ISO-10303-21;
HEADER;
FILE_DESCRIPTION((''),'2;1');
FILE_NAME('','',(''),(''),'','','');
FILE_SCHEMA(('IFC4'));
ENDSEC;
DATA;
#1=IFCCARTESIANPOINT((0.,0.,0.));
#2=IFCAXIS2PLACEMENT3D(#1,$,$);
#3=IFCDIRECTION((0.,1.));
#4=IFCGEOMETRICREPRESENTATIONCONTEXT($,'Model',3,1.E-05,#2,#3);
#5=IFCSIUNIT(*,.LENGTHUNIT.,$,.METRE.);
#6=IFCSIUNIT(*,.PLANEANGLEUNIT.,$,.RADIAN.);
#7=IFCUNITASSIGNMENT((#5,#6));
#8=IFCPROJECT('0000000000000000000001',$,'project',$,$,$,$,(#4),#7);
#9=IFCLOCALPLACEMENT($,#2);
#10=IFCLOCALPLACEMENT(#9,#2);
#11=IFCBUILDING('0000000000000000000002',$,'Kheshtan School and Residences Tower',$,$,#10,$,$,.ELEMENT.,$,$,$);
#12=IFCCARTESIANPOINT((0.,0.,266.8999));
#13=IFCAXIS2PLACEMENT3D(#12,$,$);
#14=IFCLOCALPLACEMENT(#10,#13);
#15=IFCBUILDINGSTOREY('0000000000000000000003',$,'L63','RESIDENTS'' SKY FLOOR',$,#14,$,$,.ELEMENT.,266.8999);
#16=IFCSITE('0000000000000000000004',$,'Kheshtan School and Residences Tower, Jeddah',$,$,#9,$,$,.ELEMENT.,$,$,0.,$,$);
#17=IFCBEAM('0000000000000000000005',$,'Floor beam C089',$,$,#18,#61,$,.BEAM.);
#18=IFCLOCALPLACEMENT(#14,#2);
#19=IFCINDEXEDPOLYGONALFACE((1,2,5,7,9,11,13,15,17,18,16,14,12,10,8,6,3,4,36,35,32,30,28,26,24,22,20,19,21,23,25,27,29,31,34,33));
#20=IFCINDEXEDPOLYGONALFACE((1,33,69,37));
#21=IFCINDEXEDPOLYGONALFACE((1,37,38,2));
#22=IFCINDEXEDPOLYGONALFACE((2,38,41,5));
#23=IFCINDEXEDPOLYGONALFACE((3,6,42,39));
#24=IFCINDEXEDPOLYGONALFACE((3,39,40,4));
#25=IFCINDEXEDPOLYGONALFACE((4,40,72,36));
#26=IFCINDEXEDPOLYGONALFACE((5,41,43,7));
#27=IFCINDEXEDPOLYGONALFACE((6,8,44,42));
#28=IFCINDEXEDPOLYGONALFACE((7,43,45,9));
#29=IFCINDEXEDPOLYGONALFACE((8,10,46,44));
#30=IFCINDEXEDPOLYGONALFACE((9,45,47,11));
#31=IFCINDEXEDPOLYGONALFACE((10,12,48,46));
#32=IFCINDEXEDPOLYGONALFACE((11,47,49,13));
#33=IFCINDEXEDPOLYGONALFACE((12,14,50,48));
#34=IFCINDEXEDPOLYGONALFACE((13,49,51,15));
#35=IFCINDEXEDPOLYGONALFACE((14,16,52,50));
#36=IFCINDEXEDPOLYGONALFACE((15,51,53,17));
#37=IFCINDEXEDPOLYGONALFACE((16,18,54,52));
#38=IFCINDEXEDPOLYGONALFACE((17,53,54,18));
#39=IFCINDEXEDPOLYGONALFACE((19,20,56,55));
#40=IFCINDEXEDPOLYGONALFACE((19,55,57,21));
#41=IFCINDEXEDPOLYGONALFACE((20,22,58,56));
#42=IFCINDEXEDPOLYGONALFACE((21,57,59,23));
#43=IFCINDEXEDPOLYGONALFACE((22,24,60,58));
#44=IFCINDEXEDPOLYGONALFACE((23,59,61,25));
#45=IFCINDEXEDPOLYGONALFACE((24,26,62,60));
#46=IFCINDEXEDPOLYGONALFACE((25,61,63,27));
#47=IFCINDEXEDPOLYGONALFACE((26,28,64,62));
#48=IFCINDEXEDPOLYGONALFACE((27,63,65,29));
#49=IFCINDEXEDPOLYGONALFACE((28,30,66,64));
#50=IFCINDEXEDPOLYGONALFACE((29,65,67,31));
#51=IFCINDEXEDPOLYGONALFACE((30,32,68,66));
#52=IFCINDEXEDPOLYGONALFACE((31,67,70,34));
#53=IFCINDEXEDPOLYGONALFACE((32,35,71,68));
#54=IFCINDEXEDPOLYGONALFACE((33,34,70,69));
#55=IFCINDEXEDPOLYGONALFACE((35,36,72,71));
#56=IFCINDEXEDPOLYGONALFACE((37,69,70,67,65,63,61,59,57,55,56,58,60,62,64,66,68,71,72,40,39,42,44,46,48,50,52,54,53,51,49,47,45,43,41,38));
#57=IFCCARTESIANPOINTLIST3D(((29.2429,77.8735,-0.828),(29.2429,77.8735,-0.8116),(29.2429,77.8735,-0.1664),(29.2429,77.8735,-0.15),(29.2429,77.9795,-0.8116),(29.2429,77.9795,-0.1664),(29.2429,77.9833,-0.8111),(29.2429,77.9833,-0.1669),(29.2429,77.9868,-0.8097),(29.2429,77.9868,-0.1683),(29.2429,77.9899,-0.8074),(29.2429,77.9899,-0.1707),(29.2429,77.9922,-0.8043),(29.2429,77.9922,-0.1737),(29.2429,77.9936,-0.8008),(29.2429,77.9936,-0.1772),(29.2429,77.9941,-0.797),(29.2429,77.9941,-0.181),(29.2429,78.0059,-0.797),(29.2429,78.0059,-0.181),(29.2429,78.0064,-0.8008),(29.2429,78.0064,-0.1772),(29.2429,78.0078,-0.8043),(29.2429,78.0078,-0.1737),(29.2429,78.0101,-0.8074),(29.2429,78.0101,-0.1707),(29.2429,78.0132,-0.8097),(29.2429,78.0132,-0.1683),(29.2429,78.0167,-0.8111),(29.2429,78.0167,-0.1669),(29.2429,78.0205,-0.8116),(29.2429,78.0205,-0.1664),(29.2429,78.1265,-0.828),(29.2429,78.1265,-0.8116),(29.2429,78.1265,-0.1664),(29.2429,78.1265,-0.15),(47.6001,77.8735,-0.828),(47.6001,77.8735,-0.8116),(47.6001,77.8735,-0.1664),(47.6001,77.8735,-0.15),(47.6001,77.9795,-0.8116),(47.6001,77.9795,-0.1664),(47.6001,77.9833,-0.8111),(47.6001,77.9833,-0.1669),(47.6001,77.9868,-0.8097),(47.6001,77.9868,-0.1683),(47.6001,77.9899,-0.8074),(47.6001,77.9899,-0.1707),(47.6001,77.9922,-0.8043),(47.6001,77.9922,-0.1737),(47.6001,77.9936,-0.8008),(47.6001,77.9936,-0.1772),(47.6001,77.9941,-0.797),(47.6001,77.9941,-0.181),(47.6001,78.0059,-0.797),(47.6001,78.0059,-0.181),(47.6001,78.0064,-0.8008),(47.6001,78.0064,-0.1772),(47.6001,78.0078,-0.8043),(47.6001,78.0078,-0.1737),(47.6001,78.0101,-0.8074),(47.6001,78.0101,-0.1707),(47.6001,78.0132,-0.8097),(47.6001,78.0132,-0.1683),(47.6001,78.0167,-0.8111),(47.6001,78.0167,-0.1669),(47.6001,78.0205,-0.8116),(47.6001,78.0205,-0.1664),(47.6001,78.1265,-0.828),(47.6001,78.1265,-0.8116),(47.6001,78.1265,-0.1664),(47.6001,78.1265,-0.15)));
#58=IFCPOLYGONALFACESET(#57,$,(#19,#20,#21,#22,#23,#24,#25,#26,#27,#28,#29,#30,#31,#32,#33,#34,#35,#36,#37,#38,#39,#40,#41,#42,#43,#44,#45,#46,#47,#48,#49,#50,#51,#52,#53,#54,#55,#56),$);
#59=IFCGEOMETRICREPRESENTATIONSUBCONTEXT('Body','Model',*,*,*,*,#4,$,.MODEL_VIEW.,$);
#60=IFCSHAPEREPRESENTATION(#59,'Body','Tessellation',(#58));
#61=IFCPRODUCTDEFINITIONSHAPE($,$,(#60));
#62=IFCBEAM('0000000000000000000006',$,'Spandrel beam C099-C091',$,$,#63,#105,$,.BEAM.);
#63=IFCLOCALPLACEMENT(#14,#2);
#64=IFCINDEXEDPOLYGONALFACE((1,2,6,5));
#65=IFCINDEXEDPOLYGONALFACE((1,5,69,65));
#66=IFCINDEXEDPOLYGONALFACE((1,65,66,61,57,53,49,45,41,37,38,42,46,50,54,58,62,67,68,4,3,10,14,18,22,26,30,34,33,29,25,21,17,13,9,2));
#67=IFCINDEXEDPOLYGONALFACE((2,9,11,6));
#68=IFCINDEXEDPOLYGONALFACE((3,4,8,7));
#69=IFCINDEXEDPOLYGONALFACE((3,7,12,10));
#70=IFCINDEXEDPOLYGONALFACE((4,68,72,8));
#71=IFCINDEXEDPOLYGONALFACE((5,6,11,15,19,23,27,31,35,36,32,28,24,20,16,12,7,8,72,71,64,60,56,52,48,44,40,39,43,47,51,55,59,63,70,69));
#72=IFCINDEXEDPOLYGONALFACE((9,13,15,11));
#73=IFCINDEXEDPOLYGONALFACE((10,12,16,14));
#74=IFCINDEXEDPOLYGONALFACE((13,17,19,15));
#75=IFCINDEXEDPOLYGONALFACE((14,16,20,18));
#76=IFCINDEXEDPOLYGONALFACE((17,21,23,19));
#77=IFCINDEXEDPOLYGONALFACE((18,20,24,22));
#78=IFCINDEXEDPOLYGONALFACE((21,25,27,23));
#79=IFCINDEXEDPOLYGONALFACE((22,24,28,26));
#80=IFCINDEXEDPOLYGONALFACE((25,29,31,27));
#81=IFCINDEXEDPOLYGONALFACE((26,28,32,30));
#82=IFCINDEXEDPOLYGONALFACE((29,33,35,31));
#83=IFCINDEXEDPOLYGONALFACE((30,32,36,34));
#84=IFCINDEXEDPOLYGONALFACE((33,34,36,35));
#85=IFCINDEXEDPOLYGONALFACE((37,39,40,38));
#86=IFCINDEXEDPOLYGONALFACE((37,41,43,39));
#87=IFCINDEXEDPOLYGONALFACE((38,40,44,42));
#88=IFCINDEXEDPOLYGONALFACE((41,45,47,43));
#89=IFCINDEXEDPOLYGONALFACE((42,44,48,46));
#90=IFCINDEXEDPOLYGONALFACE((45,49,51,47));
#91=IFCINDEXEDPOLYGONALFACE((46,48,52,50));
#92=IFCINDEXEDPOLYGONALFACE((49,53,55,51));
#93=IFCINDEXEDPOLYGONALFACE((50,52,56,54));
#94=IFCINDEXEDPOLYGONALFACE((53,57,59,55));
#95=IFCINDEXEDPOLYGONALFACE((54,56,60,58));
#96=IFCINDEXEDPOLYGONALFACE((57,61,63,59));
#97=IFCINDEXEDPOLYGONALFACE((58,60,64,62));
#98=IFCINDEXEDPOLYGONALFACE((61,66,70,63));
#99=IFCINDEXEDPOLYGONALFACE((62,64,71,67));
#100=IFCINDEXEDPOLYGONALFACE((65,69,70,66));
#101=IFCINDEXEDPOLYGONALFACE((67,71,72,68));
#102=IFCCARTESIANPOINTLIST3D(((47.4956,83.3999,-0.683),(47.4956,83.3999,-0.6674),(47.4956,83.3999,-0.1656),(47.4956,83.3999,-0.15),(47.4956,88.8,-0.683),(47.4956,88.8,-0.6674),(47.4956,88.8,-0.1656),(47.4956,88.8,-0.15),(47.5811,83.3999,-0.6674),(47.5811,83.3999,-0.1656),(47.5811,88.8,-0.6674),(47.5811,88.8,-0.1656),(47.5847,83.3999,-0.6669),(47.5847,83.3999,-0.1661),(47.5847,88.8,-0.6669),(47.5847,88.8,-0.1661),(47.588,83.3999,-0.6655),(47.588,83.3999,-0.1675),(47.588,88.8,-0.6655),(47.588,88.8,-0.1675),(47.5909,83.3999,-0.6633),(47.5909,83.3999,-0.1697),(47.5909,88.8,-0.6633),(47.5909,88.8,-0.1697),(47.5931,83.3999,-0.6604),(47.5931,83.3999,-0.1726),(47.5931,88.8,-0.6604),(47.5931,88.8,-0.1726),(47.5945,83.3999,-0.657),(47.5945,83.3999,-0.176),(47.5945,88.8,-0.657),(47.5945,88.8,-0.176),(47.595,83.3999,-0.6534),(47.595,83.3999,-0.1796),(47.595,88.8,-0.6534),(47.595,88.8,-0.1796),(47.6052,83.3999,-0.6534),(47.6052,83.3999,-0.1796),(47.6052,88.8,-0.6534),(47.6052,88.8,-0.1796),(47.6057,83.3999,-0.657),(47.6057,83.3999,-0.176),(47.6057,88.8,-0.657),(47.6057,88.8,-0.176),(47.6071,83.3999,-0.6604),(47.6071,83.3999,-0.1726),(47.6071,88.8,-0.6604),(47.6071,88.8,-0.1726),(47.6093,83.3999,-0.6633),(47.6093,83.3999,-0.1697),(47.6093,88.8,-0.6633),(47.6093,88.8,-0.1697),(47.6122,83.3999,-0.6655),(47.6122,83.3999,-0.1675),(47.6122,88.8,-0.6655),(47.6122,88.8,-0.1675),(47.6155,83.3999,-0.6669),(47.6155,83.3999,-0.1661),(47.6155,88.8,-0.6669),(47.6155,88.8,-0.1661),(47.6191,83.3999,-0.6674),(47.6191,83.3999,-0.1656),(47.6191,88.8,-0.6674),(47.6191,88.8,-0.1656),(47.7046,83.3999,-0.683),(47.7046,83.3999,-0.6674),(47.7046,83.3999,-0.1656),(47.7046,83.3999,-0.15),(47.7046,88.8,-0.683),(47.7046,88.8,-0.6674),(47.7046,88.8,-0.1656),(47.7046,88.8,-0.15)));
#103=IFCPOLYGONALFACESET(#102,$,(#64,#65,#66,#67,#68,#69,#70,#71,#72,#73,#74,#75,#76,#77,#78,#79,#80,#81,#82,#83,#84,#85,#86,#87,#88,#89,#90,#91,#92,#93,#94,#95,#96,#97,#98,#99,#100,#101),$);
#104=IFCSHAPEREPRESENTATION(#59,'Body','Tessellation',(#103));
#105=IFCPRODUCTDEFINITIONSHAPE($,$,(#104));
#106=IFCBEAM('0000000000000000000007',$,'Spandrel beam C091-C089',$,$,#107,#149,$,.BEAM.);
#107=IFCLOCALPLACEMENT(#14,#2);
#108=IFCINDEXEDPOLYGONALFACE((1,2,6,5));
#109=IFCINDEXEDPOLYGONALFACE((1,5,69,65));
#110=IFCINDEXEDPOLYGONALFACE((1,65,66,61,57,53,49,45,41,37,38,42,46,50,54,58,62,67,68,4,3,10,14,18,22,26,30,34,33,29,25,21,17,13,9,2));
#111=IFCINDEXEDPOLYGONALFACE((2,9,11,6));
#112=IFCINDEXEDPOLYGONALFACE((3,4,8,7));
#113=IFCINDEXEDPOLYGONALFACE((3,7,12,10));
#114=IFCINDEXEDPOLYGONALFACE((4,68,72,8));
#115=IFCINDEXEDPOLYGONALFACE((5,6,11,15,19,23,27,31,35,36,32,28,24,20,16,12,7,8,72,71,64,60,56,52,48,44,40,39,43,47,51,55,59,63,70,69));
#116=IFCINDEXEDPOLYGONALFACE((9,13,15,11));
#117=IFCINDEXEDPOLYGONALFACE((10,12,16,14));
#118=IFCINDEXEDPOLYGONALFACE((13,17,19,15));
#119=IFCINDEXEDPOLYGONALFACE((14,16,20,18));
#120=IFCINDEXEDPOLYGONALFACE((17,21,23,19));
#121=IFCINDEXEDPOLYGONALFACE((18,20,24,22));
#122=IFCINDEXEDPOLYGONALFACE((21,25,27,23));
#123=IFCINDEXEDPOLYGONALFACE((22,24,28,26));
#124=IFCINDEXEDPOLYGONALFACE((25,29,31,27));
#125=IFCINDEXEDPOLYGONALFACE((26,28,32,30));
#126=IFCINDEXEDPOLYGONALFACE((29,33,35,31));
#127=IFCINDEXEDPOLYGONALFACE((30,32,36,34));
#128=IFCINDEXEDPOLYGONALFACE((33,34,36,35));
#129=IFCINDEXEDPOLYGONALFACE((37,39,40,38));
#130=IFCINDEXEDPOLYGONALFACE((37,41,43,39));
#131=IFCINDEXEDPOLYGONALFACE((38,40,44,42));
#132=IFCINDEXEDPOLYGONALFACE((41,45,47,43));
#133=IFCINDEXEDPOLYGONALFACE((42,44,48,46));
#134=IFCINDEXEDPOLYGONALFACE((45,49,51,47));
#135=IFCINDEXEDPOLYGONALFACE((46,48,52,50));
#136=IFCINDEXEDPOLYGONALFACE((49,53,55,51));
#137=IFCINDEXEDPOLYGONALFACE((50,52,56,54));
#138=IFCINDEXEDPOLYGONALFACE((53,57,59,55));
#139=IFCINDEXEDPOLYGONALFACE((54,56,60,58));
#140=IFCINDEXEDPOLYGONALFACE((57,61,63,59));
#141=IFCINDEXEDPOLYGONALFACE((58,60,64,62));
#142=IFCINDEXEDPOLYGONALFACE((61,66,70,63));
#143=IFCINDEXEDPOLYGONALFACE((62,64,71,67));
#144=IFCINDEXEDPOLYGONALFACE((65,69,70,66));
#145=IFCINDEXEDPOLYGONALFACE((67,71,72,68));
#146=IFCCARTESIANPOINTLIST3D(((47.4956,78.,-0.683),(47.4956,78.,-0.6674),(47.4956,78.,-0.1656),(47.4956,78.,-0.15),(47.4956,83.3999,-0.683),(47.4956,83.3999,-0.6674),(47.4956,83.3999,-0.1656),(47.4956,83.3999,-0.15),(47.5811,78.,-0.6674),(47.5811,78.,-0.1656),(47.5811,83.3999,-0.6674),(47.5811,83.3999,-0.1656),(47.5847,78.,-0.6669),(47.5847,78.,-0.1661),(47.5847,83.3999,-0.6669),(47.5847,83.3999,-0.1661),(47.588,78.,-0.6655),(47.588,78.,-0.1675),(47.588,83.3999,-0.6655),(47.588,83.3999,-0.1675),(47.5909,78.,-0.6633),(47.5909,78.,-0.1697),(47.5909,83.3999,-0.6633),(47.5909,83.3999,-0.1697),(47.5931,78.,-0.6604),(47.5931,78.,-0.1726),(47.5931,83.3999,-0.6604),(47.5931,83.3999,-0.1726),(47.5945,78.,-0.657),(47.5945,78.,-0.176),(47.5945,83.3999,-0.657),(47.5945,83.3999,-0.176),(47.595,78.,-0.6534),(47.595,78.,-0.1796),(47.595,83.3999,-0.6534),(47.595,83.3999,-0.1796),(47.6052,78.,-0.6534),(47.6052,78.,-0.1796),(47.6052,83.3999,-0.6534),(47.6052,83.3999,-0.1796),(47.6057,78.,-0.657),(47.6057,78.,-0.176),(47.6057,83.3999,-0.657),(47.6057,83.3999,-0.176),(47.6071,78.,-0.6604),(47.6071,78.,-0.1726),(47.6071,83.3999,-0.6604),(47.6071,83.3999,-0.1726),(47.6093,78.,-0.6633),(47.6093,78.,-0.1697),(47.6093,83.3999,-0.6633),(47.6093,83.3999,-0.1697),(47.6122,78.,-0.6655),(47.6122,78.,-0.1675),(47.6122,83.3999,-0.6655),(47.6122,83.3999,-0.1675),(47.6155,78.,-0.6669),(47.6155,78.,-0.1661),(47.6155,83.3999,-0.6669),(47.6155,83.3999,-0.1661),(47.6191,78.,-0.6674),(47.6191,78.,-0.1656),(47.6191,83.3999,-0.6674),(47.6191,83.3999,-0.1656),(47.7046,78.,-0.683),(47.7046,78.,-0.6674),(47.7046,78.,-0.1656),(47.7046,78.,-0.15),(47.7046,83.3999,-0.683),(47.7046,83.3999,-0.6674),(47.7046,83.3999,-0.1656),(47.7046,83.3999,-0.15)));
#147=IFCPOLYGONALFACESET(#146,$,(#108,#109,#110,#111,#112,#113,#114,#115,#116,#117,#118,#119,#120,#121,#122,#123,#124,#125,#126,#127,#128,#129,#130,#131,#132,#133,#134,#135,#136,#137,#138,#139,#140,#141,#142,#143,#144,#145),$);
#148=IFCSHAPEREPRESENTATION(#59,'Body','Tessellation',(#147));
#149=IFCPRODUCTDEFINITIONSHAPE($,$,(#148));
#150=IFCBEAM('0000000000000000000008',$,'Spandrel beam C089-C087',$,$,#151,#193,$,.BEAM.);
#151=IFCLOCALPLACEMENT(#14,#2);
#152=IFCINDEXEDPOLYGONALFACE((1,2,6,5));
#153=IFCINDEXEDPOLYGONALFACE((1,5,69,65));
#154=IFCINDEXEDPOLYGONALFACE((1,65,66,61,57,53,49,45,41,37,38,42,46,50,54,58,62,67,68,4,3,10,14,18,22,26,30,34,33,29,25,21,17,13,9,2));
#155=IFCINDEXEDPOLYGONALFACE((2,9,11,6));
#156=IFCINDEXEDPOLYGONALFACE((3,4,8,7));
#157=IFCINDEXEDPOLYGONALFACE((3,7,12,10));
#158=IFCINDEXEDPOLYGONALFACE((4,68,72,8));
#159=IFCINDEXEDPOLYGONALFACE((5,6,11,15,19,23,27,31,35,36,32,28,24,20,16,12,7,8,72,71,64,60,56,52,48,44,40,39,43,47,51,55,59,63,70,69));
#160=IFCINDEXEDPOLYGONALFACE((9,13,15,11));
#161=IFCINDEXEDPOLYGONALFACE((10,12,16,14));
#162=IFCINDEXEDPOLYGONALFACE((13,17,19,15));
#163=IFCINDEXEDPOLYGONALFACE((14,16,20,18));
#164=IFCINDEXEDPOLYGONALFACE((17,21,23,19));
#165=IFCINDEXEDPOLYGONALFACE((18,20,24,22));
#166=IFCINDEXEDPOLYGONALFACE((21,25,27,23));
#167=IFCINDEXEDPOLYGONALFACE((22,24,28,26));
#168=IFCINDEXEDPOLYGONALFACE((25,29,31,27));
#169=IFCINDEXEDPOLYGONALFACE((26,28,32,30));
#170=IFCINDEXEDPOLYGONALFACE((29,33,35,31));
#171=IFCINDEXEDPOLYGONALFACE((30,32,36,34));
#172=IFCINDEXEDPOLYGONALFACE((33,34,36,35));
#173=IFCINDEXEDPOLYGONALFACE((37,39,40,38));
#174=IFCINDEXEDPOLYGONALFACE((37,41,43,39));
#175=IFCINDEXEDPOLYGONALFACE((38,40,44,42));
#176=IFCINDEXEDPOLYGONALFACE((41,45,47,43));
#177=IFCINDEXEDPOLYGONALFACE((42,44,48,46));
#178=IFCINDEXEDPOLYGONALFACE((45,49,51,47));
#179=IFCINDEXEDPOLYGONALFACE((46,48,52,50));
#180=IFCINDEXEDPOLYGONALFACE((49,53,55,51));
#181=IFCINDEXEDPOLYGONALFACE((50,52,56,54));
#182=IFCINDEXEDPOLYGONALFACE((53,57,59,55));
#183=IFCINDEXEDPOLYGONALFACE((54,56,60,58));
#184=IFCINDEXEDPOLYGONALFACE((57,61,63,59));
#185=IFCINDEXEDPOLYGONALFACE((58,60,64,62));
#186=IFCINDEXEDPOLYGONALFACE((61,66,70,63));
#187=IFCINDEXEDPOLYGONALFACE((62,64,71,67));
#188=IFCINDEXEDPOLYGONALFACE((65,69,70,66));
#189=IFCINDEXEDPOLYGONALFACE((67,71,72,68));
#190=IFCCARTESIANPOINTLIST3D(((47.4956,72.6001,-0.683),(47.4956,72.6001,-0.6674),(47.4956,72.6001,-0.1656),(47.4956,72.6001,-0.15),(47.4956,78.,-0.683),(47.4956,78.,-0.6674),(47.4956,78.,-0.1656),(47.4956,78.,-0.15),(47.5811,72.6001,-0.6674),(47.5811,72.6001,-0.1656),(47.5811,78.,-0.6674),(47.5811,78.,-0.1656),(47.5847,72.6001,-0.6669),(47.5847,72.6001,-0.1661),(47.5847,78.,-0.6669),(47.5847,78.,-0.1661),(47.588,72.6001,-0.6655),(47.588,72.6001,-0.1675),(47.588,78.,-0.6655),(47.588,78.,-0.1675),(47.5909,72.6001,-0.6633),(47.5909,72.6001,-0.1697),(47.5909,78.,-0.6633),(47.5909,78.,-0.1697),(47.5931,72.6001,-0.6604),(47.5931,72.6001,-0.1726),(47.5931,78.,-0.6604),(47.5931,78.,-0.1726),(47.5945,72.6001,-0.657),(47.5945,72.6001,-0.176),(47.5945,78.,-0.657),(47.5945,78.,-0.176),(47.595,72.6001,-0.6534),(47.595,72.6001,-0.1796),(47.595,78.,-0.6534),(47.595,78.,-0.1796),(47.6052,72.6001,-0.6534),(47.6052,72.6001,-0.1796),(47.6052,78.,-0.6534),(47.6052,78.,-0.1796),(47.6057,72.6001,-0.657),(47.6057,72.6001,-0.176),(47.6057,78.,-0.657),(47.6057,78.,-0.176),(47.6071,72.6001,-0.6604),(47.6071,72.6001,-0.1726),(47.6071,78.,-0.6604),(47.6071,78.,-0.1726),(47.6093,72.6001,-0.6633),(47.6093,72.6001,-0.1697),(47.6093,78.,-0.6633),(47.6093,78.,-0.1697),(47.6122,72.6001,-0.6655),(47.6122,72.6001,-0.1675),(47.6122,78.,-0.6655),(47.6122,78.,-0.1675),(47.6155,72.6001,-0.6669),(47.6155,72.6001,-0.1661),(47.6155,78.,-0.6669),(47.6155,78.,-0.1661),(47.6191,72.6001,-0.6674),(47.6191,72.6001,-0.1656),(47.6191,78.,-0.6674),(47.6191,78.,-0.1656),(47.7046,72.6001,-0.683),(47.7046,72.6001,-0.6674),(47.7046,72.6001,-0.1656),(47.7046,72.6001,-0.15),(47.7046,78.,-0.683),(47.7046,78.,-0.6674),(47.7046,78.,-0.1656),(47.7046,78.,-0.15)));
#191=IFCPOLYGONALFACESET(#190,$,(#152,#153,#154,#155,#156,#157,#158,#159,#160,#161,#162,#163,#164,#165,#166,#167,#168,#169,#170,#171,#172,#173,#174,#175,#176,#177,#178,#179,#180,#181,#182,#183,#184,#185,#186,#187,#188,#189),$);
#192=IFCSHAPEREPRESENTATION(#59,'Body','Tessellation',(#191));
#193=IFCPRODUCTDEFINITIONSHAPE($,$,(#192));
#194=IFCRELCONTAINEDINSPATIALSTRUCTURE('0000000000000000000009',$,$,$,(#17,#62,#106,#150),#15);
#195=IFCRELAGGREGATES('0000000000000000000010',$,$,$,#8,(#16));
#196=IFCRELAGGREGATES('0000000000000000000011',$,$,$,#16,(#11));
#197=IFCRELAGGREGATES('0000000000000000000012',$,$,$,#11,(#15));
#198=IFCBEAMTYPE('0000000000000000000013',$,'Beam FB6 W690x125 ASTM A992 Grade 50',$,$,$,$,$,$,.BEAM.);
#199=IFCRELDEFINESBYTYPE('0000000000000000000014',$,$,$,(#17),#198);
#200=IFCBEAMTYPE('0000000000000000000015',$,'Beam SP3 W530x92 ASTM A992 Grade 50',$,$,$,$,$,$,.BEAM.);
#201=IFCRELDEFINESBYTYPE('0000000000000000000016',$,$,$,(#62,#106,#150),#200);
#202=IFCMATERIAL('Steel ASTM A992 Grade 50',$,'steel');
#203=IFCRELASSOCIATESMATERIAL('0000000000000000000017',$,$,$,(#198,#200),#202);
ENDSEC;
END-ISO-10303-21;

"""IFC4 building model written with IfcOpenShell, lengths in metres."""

from ifc_helpers import new_model, si_unit, direction, frame, origin, origin_2d, place, context, subcontext, project, spatial, i_section, extrude, material, material_profile, profile_set, type_object, element, save


model = new_model("IFC4")

# Units and contexts
model_context = context("Model", 3, precision=1e-05, world=origin(), true_north=direction((0.0, 1.0)))
body_context = subcontext(model_context, "Body", "Model", "MODEL_VIEW")
ifc_project = project(units=[si_unit("LENGTHUNIT", "METRE"), si_unit("PLANEANGLEUNIT", "RADIAN")], contexts=[model_context])

# Site, building, storey
site_placement = place(None, origin())
site = spatial("IfcSite", under=ifc_project, at=site_placement, Name="Kheshtan School and Residences Tower, Jeddah", CompositionType="ELEMENT", RefElevation=0.0)
building_placement = place(site_placement, origin())
building = spatial("IfcBuilding", under=site, at=building_placement, Name="Kheshtan School and Residences Tower", CompositionType="ELEMENT")
storey_placement = place(building_placement, frame((0.0, 0.0, 266.8999)))
storey = spatial("IfcBuildingStorey", under=building, at=storey_placement, Name="L63", Description="RESIDENTS' SKY FLOOR", CompositionType="ELEMENT", Elevation=266.8999)

# Shared definitions
ifc_material_1 = material(Name="Steel ASTM A992 Grade 50", Category="steel")

# Beams
ifc_material_profile_1 = material_profile(ifc_material_1, i_section(OverallWidth=0.2529, OverallDepth=0.678, WebThickness=0.0117, FlangeThickness=0.0164, FilletRadius=0.0146, at=origin_2d()), Name="W690x125")
ifc_profile_set_1 = profile_set([ifc_material_profile_1], Name="Steel ASTM A992 Grade 50")
beam_type_1 = type_object("IfcBeamType", Name="Beam FB6 W690x125 ASTM A992 Grade 50", PredefinedType="BEAM", material=ifc_profile_set_1)
beam_1_placement = place(storey_placement, frame((47.6001, 78.0, -0.489), z_axis=(-1.0, 0.0, 0.0), x_axis=(0.0, -1.0, 0.0)))
element("IfcBeam", 1, at=beam_1_placement, inside=storey, type_object=beam_type_1, Name="Floor beam C089", PredefinedType="BEAM", context=body_context, shape_type="SweptSolid", body=[
    extrude(i_section(OverallWidth=0.2529, OverallDepth=0.678, WebThickness=0.0117, FlangeThickness=0.0164, FilletRadius=0.0146, at=origin_2d()), origin(), (0.0, 0.0, 1.0), 18.3572),
])
ifc_material_profile_2 = material_profile(ifc_material_1, i_section(OverallWidth=0.209, OverallDepth=0.533, WebThickness=0.0103, FlangeThickness=0.0156, FilletRadius=0.0139, at=origin_2d()), Name="W530x92")
ifc_profile_set_2 = profile_set([ifc_material_profile_2], Name="Steel ASTM A992 Grade 50")
beam_type_2 = type_object("IfcBeamType", Name="Beam SP3 W530x92 ASTM A992 Grade 50", PredefinedType="BEAM", material=ifc_profile_set_2)
beam_2_placement = place(storey_placement, frame((47.6001, 88.8, -0.4165), z_axis=(0.0, -1.0, 0.0), x_axis=(1.0, 0.0, 0.0)))
element("IfcBeam", 2, at=beam_2_placement, inside=storey, type_object=beam_type_2, Name="Spandrel beam C099-C091", PredefinedType="BEAM", context=body_context, shape_type="SweptSolid", body=[
    extrude(i_section(OverallWidth=0.209, OverallDepth=0.533, WebThickness=0.0103, FlangeThickness=0.0156, FilletRadius=0.0139, at=origin_2d()), origin(), (0.0, 0.0, 1.0), 5.4001),
])
for number, where, z_axis, x_axis, name in (
    (3, (47.6001, 83.3999, -0.4165), (0.0, -1.0, 0.0), (1.0, 0.0, 0.0), "Spandrel beam C091-C089"),
    (4, (47.6001, 78.0, -0.4165), (0.0, -1.0, 0.0), (1.0, 0.0, 0.0), "Spandrel beam C089-C087"),
):
    element("IfcBeam", number, at=place(storey_placement, frame(where, z_axis=z_axis, x_axis=x_axis)), inside=storey, type_object=beam_type_2, Name=name, PredefinedType="BEAM", context=body_context, shape_type="SweptSolid", body=[
        extrude(i_section(OverallWidth=0.209, OverallDepth=0.533, WebThickness=0.0103, FlangeThickness=0.0156, FilletRadius=0.0139, at=origin_2d()), origin(), (0.0, 0.0, 1.0), 5.3999),
    ])

save(model, "model.ifc")
